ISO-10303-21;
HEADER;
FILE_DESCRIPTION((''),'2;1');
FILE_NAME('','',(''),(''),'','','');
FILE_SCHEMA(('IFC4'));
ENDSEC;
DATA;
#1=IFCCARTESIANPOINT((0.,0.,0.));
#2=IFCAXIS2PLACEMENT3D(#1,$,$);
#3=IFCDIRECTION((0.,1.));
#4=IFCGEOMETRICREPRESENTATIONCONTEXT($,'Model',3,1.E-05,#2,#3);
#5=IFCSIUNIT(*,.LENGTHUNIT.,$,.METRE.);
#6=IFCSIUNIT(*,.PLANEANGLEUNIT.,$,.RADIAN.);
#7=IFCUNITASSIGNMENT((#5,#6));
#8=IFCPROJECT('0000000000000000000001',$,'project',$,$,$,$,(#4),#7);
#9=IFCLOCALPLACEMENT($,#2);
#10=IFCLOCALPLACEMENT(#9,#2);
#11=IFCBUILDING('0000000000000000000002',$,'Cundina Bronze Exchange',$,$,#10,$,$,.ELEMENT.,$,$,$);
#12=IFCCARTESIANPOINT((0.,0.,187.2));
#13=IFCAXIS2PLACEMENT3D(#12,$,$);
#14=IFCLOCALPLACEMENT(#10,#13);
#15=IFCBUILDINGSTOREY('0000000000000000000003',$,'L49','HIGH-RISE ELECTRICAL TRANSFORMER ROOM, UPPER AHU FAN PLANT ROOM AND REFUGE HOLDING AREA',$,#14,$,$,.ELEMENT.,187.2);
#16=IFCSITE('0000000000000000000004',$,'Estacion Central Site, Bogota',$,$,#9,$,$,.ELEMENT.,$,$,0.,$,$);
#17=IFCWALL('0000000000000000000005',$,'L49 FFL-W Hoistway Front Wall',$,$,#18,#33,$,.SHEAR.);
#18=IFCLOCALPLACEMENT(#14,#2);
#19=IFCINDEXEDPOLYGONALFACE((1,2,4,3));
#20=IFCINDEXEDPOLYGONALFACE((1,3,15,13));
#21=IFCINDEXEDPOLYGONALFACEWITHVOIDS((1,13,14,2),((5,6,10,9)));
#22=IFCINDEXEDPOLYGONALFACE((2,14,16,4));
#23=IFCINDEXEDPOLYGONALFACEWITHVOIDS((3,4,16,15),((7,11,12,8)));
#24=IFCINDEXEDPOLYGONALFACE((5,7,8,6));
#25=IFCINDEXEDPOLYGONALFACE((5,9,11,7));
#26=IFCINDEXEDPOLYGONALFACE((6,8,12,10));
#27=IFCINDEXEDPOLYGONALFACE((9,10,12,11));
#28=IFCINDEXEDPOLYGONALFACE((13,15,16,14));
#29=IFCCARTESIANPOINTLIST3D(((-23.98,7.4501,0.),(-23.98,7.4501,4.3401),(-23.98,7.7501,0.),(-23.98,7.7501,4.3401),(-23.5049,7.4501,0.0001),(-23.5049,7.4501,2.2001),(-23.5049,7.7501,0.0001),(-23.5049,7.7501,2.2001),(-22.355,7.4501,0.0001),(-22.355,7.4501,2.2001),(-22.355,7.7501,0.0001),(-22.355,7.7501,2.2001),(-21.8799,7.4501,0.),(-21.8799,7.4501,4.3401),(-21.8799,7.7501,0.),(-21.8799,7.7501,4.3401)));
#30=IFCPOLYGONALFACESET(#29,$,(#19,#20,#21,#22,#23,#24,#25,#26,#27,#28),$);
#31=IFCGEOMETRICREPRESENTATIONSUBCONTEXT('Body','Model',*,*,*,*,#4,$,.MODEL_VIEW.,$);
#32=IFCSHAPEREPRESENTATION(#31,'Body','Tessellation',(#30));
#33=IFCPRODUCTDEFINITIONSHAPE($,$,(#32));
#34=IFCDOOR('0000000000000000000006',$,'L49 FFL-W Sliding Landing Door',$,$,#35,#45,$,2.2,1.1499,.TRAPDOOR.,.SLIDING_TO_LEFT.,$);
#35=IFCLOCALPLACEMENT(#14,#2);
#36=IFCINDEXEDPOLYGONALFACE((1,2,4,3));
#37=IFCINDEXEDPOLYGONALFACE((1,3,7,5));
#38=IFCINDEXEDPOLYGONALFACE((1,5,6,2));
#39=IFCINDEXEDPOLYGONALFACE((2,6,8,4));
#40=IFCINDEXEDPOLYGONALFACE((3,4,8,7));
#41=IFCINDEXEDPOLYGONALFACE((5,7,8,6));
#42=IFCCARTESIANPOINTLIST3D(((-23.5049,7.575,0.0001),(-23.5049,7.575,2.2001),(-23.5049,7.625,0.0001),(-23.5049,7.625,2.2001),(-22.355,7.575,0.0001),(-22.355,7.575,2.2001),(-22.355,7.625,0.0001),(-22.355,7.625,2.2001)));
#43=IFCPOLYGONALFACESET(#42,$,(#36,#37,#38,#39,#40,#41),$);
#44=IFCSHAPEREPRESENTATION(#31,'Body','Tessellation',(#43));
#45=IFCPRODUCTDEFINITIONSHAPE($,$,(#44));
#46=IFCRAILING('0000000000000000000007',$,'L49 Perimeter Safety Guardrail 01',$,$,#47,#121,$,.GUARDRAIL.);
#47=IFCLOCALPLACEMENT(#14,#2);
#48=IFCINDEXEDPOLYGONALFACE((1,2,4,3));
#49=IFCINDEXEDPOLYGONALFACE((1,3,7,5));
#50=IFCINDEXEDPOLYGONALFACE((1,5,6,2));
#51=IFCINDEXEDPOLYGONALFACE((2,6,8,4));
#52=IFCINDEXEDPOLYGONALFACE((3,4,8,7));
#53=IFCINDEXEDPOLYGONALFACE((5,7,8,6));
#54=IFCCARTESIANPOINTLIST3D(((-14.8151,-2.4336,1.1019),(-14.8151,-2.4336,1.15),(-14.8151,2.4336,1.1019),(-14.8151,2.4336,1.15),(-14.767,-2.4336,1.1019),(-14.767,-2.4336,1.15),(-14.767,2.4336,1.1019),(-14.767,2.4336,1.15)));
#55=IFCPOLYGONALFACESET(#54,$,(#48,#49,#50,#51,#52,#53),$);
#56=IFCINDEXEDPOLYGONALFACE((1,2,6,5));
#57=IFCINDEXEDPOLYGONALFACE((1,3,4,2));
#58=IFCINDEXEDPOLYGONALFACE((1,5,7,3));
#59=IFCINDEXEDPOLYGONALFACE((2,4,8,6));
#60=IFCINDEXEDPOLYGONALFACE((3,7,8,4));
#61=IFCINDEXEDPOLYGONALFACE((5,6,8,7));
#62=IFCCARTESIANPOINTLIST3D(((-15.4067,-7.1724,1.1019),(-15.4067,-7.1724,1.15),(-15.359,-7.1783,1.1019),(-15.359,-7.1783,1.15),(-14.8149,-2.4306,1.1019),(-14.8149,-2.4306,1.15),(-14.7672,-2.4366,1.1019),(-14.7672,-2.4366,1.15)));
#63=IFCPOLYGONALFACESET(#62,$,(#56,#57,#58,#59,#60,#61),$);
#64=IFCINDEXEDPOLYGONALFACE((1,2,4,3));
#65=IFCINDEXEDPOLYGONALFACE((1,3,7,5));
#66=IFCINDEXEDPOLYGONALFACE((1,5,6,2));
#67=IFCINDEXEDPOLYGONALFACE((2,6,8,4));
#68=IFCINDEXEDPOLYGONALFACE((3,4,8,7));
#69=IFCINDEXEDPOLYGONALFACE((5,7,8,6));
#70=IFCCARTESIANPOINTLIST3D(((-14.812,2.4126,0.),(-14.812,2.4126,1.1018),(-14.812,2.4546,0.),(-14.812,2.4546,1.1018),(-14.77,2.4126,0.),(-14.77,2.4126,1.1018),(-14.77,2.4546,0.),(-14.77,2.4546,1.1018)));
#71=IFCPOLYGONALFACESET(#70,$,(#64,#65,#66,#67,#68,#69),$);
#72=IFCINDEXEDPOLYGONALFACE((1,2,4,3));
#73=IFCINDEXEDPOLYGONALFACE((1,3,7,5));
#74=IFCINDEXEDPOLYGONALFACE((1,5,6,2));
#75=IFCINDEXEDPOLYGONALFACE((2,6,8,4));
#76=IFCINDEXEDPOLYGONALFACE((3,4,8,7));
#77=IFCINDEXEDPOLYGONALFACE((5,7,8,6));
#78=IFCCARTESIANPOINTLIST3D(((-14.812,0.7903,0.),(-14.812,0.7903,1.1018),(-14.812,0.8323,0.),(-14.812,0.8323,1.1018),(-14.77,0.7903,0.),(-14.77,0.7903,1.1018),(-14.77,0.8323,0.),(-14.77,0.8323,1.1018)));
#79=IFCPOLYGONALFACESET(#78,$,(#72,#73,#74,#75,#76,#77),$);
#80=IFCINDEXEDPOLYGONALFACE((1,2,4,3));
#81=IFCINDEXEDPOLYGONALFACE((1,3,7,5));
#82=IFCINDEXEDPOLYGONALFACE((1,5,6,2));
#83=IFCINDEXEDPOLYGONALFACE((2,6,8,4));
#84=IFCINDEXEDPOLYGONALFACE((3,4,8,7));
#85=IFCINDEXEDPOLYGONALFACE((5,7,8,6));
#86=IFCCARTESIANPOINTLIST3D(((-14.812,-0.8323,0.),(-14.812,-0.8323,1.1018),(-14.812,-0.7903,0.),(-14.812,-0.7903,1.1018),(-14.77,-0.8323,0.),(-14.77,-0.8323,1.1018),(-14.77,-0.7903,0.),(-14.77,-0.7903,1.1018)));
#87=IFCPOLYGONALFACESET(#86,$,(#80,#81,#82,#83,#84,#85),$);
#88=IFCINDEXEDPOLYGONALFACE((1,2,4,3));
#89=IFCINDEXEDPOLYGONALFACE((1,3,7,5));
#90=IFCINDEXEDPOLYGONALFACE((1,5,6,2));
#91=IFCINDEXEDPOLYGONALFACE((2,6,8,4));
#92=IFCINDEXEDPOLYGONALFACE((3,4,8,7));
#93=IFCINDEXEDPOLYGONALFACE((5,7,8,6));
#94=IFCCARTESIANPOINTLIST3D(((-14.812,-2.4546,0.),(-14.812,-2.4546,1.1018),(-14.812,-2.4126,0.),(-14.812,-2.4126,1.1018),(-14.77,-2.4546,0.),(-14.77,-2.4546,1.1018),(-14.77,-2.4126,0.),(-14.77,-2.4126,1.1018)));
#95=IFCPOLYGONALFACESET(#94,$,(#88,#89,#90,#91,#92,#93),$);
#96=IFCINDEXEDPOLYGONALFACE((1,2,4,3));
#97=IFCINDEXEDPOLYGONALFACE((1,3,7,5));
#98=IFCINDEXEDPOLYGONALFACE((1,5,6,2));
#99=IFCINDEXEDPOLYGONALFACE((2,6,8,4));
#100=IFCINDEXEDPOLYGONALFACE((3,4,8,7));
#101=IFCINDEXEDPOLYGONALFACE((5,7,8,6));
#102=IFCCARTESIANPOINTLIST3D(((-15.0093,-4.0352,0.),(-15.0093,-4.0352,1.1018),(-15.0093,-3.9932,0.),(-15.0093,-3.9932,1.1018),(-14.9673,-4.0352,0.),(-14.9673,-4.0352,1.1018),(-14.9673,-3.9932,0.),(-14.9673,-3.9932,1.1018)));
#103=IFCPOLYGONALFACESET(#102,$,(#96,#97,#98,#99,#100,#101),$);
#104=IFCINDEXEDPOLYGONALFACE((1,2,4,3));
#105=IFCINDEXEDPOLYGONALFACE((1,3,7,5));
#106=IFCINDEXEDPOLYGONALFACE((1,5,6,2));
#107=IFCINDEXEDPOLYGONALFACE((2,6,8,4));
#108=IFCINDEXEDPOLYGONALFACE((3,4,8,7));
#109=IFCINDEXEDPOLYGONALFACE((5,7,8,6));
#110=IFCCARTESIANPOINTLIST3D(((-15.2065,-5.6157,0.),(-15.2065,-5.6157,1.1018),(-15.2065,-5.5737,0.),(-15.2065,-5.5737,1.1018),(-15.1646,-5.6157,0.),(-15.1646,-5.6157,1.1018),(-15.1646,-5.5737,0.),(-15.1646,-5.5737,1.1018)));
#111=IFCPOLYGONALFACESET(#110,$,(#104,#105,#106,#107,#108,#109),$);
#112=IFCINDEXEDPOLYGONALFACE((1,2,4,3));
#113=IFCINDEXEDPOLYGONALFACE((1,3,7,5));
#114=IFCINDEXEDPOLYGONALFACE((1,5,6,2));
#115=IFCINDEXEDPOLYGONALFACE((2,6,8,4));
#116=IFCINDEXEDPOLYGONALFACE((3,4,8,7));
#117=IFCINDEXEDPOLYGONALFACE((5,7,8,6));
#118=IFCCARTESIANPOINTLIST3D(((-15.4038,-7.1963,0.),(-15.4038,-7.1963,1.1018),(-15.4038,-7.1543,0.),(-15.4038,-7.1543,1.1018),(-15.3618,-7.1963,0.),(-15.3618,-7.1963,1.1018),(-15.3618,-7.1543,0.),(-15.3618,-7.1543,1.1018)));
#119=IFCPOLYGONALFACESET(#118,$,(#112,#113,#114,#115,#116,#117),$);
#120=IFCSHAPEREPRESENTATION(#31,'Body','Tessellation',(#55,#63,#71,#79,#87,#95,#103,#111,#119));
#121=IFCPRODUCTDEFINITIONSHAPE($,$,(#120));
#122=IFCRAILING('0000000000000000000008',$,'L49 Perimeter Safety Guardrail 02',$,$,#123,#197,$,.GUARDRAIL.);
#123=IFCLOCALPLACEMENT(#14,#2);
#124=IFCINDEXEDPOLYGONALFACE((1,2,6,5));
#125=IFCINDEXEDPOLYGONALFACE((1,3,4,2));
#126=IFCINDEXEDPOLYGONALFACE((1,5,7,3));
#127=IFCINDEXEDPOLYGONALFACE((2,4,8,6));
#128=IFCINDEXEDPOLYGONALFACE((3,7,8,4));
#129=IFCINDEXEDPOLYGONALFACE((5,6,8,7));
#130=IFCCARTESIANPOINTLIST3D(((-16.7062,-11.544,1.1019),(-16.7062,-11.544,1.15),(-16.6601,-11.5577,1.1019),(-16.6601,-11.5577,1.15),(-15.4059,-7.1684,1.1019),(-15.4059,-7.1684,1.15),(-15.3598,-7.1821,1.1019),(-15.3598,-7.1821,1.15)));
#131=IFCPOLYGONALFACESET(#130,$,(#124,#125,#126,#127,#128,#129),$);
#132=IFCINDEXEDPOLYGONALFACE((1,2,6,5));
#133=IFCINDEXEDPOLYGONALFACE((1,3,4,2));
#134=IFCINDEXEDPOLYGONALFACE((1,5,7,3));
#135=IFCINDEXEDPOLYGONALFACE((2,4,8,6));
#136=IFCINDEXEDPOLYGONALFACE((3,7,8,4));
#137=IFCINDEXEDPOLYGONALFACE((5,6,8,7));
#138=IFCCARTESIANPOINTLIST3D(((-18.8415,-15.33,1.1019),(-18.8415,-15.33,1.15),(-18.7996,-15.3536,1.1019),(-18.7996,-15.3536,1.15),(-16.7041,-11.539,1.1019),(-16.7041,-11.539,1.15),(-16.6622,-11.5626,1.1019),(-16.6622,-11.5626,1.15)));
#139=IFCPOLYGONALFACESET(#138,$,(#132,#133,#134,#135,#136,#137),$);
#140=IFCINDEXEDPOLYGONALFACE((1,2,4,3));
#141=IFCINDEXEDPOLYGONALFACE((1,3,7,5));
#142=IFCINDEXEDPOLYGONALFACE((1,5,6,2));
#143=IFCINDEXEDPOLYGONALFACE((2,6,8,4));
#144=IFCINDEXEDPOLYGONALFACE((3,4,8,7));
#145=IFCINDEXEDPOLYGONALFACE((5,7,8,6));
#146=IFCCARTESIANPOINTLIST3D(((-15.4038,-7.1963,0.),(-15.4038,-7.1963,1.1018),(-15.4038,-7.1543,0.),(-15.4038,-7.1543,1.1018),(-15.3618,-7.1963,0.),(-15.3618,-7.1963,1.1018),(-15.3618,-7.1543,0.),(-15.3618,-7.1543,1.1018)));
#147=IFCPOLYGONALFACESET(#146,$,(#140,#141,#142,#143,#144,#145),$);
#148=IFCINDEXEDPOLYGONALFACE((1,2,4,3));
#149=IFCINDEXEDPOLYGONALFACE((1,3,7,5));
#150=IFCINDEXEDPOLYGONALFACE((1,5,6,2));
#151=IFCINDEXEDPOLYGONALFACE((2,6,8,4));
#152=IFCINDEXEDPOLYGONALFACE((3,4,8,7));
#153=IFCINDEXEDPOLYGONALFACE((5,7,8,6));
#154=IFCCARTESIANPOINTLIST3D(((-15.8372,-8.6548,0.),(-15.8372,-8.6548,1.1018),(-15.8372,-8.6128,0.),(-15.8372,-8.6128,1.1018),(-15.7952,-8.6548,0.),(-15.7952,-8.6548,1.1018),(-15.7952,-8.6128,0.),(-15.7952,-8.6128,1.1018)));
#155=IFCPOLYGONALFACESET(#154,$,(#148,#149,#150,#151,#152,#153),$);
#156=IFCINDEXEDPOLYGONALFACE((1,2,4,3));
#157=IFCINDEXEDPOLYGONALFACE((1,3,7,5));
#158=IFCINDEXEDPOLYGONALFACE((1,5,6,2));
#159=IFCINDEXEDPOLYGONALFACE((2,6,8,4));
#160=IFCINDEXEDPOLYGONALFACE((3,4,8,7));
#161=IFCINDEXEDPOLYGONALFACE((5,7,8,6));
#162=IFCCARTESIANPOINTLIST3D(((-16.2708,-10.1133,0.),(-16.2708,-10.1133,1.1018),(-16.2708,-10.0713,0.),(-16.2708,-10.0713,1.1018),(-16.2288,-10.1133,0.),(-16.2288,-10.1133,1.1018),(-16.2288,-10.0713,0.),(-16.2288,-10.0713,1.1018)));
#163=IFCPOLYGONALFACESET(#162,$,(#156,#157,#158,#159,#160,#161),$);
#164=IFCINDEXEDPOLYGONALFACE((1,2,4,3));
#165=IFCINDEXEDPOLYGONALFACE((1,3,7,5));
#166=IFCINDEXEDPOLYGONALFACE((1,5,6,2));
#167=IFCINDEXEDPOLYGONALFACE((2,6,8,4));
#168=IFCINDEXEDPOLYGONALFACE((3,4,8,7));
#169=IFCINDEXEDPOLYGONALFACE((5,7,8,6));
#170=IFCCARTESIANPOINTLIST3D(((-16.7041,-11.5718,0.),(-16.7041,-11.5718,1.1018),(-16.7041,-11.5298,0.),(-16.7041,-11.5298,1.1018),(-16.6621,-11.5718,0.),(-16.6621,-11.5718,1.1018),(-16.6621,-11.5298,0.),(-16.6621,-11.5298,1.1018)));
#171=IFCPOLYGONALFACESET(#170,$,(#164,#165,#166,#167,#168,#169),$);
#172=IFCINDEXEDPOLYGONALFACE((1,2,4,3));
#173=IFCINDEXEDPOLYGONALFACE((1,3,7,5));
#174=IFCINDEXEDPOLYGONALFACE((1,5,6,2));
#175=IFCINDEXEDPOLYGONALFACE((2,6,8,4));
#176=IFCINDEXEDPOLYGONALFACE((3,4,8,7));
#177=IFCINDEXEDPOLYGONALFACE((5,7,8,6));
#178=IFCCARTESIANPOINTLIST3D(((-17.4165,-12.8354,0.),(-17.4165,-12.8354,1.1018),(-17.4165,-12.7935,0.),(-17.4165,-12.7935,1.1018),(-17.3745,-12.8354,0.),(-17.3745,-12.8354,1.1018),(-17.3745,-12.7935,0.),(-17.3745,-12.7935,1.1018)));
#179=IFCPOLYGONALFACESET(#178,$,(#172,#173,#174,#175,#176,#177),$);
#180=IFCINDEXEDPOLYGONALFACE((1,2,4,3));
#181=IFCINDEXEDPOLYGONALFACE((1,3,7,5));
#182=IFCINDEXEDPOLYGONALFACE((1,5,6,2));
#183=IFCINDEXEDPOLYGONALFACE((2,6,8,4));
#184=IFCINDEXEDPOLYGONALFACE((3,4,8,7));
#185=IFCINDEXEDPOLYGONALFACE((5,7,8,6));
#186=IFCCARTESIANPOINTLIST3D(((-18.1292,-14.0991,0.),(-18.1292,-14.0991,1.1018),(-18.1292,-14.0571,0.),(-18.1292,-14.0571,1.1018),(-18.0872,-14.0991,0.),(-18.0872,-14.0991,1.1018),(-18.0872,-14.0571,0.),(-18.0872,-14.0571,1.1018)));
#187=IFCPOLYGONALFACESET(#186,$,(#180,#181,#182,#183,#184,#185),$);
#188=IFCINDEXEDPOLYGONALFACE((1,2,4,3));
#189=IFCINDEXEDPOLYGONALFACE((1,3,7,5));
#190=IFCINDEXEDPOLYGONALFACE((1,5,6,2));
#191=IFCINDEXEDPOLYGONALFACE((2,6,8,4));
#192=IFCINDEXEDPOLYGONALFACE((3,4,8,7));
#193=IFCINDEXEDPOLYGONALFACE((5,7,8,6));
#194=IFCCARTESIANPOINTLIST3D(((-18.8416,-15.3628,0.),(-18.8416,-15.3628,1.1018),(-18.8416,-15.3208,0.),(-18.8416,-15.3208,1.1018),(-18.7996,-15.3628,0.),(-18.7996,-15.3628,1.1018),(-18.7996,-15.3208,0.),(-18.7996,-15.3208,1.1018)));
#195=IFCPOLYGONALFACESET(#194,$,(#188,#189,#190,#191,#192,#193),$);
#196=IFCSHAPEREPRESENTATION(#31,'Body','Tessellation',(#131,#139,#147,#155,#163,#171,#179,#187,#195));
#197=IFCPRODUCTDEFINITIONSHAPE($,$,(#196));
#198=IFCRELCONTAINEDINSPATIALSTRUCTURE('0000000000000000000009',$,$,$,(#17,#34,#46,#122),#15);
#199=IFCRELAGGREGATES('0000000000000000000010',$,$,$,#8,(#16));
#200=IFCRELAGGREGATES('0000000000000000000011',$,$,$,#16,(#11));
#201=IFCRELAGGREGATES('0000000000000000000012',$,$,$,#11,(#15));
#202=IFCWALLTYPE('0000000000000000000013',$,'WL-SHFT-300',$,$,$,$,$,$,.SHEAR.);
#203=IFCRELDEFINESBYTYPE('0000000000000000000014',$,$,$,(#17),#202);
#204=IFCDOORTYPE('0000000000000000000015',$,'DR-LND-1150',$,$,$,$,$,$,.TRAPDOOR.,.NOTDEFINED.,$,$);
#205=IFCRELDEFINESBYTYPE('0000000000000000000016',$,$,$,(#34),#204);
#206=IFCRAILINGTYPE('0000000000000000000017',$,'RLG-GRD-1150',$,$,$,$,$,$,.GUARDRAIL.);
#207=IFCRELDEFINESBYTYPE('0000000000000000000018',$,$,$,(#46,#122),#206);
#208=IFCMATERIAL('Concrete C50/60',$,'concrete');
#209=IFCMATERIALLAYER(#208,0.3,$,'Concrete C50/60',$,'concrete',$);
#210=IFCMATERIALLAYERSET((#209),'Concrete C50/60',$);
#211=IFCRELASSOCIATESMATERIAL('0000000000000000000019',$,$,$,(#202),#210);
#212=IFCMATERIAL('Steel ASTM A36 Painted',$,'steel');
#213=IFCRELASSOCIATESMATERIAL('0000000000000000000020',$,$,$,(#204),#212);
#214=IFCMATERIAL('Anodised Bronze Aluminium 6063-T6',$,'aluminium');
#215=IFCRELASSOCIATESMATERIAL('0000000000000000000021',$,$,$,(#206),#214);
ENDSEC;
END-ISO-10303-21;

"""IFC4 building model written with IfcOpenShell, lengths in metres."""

from ifc_helpers import new_model, si_unit, direction, frame, frame_2d, origin, origin_2d, place, context, subcontext, project, spatial, rectangle, extrude, material, layer, layer_set, type_object, element, fill, save


model = new_model("IFC4")

# Units and contexts
model_context = context("Model", 3, precision=1e-05, world=origin(), true_north=direction((0.0, 1.0)))
body_context = subcontext(model_context, "Body", "Model", "MODEL_VIEW")
ifc_project = project(units=[si_unit("LENGTHUNIT", "METRE"), si_unit("PLANEANGLEUNIT", "RADIAN")], contexts=[model_context])

# Site, building, storey
site_placement = place(None, origin())
site = spatial("IfcSite", under=ifc_project, at=site_placement, Name="Estacion Central Site, Bogota", CompositionType="ELEMENT", RefElevation=0.0)
building_placement = place(site_placement, origin())
building = spatial("IfcBuilding", under=site, at=building_placement, Name="Cundina Bronze Exchange", CompositionType="ELEMENT")
storey_placement = place(building_placement, frame((0.0, 0.0, 187.2)))
storey = spatial("IfcBuildingStorey", under=building, at=storey_placement, Name="L49", Description="HIGH-RISE ELECTRICAL TRANSFORMER ROOM, UPPER AHU FAN PLANT ROOM AND REFUGE HOLDING AREA", CompositionType="ELEMENT", Elevation=187.2)

# Shared definitions
ifc_material_1 = material(Name="Concrete C50/60", Category="concrete")

# Shared definitions
ifc_material_2 = material(Name="Steel ASTM A36 Painted", Category="steel")

# Shared definitions
ifc_layer_1 = layer(ifc_material_1, 0.3, Name="Concrete C50/60", Category="concrete")
ifc_layer_set_1 = layer_set([ifc_layer_1], Name="Concrete C50/60")
wall_type_1 = type_object("IfcWallType", Name="WL-SHFT-300", PredefinedType="SHEAR", material=ifc_layer_set_1)

# Wall, opening, door
wall_1_placement = place(storey_placement, frame((-23.98, 7.6001, 0.0), z_axis=(0.0, 0.0, 1.0), x_axis=(1.0, 0.0, 0.0)))
wall_1 = element("IfcWall", 1, at=wall_1_placement, inside=storey, type_object=wall_type_1, Name="L49 FFL-W Hoistway Front Wall", PredefinedType="SHEAR", context=body_context, shape_type="SweptSolid", body=[
    extrude(rectangle(XDim=2.1001, YDim=0.3, at=frame_2d((1.05, 0.0))), origin(), (0.0, 0.0, 1.0), 4.3401),
])
opening_1_placement = place(wall_1_placement, frame((0.4751, 0.0, 0.0)))
opening_1 = element("IfcOpeningElement", 2, at=opening_1_placement, cuts=wall_1, PredefinedType="OPENING", context=body_context, shape_type="SweptSolid", body=[
    extrude(rectangle(XDim=1.1499, YDim=2.2, at=frame_2d((0.575, 1.1001))), frame((0.0, 0.1599, 0.0), z_axis=(0.0, -1.0, 0.0), x_axis=(1.0, 0.0, 0.0)), (0.0, 0.0, 1.0), 0.3201),
])
door_type_1 = type_object("IfcDoorType", Name="DR-LND-1150", OperationType="NOTDEFINED", PredefinedType="TRAPDOOR", material=ifc_material_2)
door_1_placement = place(opening_1_placement, origin())
door_1 = element("IfcDoor", 3, at=door_1_placement, inside=storey, type_object=door_type_1, Name="L49 FFL-W Sliding Landing Door", OperationType="SLIDING_TO_LEFT", OverallHeight=2.2, OverallWidth=1.1499, PredefinedType="TRAPDOOR", context=body_context, shape_type="SweptSolid", body=[
    extrude(rectangle(XDim=1.1499, YDim=2.2, at=frame_2d((0.575, 1.1001))), frame((0.0, 0.0249, 0.0), z_axis=(0.0, -1.0, 0.0), x_axis=(1.0, 0.0, 0.0)), (0.0, 0.0, 1.0), 0.05),
])
fill(opening_1, door_1)

# Railings
ifc_material_3 = material(Name="Anodised Bronze Aluminium 6063-T6", Category="aluminium")
railing_type = type_object("IfcRailingType", Name="RLG-GRD-1150", PredefinedType="GUARDRAIL", material=ifc_material_3)
railing_1_placement = place(storey_placement, frame((-14.791, 2.4336, 0.0)))
element("IfcRailing", 4, at=railing_1_placement, inside=storey, type_object=railing_type, Name="L49 Perimeter Safety Guardrail 01", PredefinedType="GUARDRAIL", context=body_context, shape_type="SweptSolid", body=[
    extrude(rectangle(XDim=0.0481, YDim=0.0481, at=origin_2d()), frame((0.0, 0.0, 1.126), z_axis=(0.0, -1.0, 0.0), x_axis=(1.0, 0.0, 0.0)), (0.0, 0.0, 1.0), 4.8672),
    extrude(rectangle(XDim=0.0481, YDim=0.0481, at=origin_2d()), frame((0.0, -4.8672, 1.126), z_axis=(-0.123846, -0.992301, 0.0), x_axis=(0.992301, -0.123846, 0.0)), (0.0, 0.0, 1.0), 4.7786),
    extrude(rectangle(XDim=0.042, YDim=0.042, at=origin_2d()), origin(), (0.0, 0.0, 1.0), 1.1018),
    extrude(rectangle(XDim=0.042, YDim=0.042, at=origin_2d()), frame((0.0, -1.6223, 0.0)), (0.0, 0.0, 1.0), 1.1018),
    extrude(rectangle(XDim=0.042, YDim=0.042, at=origin_2d()), frame((0.0, -3.2449, 0.0)), (0.0, 0.0, 1.0), 1.1018),
    extrude(rectangle(XDim=0.042, YDim=0.042, at=origin_2d()), frame((0.0, -4.8672, 0.0)), (0.0, 0.0, 1.0), 1.1018),
    extrude(rectangle(XDim=0.042, YDim=0.042, at=origin_2d()), frame((-0.1973, -6.4478, 0.0)), (0.0, 0.0, 1.0), 1.1018),
    extrude(rectangle(XDim=0.042, YDim=0.042, at=origin_2d()), frame((-0.3945, -8.0283, 0.0)), (0.0, 0.0, 1.0), 1.1018),
    extrude(rectangle(XDim=0.042, YDim=0.042, at=origin_2d()), frame((-0.5918, -9.6089, 0.0)), (0.0, 0.0, 1.0), 1.1018),
])
railing_2_placement = place(storey_placement, frame((-15.3828, -7.1753, 0.0)))
element("IfcRailing", 5, at=railing_2_placement, inside=storey, type_object=railing_type, Name="L49 Perimeter Safety Guardrail 02", PredefinedType="GUARDRAIL", context=body_context, shape_type="SweptSolid", body=[
    extrude(rectangle(XDim=0.0481, YDim=0.0481, at=origin_2d()), frame((0.0, 0.0, 1.126), z_axis=(-0.284864, -0.958568, 0.0), x_axis=(0.958568, -0.284864, 0.0)), (0.0, 0.0, 1.0), 4.5647),
    extrude(rectangle(XDim=0.0481, YDim=0.0481, at=origin_2d()), frame((-1.3003, -4.3755, 1.126), z_axis=(-0.491135, -0.871084, 0.0), x_axis=(0.871084, -0.491135, 0.0)), (0.0, 0.0, 1.0), 4.3521),
    extrude(rectangle(XDim=0.042, YDim=0.042, at=origin_2d()), origin(), (0.0, 0.0, 1.0), 1.1018),
    extrude(rectangle(XDim=0.042, YDim=0.042, at=origin_2d()), frame((-0.4333, -1.4585, 0.0)), (0.0, 0.0, 1.0), 1.1018),
    extrude(rectangle(XDim=0.042, YDim=0.042, at=origin_2d()), frame((-0.8669, -2.917, 0.0)), (0.0, 0.0, 1.0), 1.1018),
    extrude(rectangle(XDim=0.042, YDim=0.042, at=origin_2d()), frame((-1.3003, -4.3755, 0.0)), (0.0, 0.0, 1.0), 1.1018),
    extrude(rectangle(XDim=0.042, YDim=0.042, at=origin_2d()), frame((-2.0127, -5.6392, 0.0)), (0.0, 0.0, 1.0), 1.1018),
    extrude(rectangle(XDim=0.042, YDim=0.042, at=origin_2d()), frame((-2.7253, -6.9028, 0.0)), (0.0, 0.0, 1.0), 1.1018),
    extrude(rectangle(XDim=0.042, YDim=0.042, at=origin_2d()), frame((-3.4377, -8.1665, 0.0)), (0.0, 0.0, 1.0), 1.1018),
])

save(model, "model.ifc")
